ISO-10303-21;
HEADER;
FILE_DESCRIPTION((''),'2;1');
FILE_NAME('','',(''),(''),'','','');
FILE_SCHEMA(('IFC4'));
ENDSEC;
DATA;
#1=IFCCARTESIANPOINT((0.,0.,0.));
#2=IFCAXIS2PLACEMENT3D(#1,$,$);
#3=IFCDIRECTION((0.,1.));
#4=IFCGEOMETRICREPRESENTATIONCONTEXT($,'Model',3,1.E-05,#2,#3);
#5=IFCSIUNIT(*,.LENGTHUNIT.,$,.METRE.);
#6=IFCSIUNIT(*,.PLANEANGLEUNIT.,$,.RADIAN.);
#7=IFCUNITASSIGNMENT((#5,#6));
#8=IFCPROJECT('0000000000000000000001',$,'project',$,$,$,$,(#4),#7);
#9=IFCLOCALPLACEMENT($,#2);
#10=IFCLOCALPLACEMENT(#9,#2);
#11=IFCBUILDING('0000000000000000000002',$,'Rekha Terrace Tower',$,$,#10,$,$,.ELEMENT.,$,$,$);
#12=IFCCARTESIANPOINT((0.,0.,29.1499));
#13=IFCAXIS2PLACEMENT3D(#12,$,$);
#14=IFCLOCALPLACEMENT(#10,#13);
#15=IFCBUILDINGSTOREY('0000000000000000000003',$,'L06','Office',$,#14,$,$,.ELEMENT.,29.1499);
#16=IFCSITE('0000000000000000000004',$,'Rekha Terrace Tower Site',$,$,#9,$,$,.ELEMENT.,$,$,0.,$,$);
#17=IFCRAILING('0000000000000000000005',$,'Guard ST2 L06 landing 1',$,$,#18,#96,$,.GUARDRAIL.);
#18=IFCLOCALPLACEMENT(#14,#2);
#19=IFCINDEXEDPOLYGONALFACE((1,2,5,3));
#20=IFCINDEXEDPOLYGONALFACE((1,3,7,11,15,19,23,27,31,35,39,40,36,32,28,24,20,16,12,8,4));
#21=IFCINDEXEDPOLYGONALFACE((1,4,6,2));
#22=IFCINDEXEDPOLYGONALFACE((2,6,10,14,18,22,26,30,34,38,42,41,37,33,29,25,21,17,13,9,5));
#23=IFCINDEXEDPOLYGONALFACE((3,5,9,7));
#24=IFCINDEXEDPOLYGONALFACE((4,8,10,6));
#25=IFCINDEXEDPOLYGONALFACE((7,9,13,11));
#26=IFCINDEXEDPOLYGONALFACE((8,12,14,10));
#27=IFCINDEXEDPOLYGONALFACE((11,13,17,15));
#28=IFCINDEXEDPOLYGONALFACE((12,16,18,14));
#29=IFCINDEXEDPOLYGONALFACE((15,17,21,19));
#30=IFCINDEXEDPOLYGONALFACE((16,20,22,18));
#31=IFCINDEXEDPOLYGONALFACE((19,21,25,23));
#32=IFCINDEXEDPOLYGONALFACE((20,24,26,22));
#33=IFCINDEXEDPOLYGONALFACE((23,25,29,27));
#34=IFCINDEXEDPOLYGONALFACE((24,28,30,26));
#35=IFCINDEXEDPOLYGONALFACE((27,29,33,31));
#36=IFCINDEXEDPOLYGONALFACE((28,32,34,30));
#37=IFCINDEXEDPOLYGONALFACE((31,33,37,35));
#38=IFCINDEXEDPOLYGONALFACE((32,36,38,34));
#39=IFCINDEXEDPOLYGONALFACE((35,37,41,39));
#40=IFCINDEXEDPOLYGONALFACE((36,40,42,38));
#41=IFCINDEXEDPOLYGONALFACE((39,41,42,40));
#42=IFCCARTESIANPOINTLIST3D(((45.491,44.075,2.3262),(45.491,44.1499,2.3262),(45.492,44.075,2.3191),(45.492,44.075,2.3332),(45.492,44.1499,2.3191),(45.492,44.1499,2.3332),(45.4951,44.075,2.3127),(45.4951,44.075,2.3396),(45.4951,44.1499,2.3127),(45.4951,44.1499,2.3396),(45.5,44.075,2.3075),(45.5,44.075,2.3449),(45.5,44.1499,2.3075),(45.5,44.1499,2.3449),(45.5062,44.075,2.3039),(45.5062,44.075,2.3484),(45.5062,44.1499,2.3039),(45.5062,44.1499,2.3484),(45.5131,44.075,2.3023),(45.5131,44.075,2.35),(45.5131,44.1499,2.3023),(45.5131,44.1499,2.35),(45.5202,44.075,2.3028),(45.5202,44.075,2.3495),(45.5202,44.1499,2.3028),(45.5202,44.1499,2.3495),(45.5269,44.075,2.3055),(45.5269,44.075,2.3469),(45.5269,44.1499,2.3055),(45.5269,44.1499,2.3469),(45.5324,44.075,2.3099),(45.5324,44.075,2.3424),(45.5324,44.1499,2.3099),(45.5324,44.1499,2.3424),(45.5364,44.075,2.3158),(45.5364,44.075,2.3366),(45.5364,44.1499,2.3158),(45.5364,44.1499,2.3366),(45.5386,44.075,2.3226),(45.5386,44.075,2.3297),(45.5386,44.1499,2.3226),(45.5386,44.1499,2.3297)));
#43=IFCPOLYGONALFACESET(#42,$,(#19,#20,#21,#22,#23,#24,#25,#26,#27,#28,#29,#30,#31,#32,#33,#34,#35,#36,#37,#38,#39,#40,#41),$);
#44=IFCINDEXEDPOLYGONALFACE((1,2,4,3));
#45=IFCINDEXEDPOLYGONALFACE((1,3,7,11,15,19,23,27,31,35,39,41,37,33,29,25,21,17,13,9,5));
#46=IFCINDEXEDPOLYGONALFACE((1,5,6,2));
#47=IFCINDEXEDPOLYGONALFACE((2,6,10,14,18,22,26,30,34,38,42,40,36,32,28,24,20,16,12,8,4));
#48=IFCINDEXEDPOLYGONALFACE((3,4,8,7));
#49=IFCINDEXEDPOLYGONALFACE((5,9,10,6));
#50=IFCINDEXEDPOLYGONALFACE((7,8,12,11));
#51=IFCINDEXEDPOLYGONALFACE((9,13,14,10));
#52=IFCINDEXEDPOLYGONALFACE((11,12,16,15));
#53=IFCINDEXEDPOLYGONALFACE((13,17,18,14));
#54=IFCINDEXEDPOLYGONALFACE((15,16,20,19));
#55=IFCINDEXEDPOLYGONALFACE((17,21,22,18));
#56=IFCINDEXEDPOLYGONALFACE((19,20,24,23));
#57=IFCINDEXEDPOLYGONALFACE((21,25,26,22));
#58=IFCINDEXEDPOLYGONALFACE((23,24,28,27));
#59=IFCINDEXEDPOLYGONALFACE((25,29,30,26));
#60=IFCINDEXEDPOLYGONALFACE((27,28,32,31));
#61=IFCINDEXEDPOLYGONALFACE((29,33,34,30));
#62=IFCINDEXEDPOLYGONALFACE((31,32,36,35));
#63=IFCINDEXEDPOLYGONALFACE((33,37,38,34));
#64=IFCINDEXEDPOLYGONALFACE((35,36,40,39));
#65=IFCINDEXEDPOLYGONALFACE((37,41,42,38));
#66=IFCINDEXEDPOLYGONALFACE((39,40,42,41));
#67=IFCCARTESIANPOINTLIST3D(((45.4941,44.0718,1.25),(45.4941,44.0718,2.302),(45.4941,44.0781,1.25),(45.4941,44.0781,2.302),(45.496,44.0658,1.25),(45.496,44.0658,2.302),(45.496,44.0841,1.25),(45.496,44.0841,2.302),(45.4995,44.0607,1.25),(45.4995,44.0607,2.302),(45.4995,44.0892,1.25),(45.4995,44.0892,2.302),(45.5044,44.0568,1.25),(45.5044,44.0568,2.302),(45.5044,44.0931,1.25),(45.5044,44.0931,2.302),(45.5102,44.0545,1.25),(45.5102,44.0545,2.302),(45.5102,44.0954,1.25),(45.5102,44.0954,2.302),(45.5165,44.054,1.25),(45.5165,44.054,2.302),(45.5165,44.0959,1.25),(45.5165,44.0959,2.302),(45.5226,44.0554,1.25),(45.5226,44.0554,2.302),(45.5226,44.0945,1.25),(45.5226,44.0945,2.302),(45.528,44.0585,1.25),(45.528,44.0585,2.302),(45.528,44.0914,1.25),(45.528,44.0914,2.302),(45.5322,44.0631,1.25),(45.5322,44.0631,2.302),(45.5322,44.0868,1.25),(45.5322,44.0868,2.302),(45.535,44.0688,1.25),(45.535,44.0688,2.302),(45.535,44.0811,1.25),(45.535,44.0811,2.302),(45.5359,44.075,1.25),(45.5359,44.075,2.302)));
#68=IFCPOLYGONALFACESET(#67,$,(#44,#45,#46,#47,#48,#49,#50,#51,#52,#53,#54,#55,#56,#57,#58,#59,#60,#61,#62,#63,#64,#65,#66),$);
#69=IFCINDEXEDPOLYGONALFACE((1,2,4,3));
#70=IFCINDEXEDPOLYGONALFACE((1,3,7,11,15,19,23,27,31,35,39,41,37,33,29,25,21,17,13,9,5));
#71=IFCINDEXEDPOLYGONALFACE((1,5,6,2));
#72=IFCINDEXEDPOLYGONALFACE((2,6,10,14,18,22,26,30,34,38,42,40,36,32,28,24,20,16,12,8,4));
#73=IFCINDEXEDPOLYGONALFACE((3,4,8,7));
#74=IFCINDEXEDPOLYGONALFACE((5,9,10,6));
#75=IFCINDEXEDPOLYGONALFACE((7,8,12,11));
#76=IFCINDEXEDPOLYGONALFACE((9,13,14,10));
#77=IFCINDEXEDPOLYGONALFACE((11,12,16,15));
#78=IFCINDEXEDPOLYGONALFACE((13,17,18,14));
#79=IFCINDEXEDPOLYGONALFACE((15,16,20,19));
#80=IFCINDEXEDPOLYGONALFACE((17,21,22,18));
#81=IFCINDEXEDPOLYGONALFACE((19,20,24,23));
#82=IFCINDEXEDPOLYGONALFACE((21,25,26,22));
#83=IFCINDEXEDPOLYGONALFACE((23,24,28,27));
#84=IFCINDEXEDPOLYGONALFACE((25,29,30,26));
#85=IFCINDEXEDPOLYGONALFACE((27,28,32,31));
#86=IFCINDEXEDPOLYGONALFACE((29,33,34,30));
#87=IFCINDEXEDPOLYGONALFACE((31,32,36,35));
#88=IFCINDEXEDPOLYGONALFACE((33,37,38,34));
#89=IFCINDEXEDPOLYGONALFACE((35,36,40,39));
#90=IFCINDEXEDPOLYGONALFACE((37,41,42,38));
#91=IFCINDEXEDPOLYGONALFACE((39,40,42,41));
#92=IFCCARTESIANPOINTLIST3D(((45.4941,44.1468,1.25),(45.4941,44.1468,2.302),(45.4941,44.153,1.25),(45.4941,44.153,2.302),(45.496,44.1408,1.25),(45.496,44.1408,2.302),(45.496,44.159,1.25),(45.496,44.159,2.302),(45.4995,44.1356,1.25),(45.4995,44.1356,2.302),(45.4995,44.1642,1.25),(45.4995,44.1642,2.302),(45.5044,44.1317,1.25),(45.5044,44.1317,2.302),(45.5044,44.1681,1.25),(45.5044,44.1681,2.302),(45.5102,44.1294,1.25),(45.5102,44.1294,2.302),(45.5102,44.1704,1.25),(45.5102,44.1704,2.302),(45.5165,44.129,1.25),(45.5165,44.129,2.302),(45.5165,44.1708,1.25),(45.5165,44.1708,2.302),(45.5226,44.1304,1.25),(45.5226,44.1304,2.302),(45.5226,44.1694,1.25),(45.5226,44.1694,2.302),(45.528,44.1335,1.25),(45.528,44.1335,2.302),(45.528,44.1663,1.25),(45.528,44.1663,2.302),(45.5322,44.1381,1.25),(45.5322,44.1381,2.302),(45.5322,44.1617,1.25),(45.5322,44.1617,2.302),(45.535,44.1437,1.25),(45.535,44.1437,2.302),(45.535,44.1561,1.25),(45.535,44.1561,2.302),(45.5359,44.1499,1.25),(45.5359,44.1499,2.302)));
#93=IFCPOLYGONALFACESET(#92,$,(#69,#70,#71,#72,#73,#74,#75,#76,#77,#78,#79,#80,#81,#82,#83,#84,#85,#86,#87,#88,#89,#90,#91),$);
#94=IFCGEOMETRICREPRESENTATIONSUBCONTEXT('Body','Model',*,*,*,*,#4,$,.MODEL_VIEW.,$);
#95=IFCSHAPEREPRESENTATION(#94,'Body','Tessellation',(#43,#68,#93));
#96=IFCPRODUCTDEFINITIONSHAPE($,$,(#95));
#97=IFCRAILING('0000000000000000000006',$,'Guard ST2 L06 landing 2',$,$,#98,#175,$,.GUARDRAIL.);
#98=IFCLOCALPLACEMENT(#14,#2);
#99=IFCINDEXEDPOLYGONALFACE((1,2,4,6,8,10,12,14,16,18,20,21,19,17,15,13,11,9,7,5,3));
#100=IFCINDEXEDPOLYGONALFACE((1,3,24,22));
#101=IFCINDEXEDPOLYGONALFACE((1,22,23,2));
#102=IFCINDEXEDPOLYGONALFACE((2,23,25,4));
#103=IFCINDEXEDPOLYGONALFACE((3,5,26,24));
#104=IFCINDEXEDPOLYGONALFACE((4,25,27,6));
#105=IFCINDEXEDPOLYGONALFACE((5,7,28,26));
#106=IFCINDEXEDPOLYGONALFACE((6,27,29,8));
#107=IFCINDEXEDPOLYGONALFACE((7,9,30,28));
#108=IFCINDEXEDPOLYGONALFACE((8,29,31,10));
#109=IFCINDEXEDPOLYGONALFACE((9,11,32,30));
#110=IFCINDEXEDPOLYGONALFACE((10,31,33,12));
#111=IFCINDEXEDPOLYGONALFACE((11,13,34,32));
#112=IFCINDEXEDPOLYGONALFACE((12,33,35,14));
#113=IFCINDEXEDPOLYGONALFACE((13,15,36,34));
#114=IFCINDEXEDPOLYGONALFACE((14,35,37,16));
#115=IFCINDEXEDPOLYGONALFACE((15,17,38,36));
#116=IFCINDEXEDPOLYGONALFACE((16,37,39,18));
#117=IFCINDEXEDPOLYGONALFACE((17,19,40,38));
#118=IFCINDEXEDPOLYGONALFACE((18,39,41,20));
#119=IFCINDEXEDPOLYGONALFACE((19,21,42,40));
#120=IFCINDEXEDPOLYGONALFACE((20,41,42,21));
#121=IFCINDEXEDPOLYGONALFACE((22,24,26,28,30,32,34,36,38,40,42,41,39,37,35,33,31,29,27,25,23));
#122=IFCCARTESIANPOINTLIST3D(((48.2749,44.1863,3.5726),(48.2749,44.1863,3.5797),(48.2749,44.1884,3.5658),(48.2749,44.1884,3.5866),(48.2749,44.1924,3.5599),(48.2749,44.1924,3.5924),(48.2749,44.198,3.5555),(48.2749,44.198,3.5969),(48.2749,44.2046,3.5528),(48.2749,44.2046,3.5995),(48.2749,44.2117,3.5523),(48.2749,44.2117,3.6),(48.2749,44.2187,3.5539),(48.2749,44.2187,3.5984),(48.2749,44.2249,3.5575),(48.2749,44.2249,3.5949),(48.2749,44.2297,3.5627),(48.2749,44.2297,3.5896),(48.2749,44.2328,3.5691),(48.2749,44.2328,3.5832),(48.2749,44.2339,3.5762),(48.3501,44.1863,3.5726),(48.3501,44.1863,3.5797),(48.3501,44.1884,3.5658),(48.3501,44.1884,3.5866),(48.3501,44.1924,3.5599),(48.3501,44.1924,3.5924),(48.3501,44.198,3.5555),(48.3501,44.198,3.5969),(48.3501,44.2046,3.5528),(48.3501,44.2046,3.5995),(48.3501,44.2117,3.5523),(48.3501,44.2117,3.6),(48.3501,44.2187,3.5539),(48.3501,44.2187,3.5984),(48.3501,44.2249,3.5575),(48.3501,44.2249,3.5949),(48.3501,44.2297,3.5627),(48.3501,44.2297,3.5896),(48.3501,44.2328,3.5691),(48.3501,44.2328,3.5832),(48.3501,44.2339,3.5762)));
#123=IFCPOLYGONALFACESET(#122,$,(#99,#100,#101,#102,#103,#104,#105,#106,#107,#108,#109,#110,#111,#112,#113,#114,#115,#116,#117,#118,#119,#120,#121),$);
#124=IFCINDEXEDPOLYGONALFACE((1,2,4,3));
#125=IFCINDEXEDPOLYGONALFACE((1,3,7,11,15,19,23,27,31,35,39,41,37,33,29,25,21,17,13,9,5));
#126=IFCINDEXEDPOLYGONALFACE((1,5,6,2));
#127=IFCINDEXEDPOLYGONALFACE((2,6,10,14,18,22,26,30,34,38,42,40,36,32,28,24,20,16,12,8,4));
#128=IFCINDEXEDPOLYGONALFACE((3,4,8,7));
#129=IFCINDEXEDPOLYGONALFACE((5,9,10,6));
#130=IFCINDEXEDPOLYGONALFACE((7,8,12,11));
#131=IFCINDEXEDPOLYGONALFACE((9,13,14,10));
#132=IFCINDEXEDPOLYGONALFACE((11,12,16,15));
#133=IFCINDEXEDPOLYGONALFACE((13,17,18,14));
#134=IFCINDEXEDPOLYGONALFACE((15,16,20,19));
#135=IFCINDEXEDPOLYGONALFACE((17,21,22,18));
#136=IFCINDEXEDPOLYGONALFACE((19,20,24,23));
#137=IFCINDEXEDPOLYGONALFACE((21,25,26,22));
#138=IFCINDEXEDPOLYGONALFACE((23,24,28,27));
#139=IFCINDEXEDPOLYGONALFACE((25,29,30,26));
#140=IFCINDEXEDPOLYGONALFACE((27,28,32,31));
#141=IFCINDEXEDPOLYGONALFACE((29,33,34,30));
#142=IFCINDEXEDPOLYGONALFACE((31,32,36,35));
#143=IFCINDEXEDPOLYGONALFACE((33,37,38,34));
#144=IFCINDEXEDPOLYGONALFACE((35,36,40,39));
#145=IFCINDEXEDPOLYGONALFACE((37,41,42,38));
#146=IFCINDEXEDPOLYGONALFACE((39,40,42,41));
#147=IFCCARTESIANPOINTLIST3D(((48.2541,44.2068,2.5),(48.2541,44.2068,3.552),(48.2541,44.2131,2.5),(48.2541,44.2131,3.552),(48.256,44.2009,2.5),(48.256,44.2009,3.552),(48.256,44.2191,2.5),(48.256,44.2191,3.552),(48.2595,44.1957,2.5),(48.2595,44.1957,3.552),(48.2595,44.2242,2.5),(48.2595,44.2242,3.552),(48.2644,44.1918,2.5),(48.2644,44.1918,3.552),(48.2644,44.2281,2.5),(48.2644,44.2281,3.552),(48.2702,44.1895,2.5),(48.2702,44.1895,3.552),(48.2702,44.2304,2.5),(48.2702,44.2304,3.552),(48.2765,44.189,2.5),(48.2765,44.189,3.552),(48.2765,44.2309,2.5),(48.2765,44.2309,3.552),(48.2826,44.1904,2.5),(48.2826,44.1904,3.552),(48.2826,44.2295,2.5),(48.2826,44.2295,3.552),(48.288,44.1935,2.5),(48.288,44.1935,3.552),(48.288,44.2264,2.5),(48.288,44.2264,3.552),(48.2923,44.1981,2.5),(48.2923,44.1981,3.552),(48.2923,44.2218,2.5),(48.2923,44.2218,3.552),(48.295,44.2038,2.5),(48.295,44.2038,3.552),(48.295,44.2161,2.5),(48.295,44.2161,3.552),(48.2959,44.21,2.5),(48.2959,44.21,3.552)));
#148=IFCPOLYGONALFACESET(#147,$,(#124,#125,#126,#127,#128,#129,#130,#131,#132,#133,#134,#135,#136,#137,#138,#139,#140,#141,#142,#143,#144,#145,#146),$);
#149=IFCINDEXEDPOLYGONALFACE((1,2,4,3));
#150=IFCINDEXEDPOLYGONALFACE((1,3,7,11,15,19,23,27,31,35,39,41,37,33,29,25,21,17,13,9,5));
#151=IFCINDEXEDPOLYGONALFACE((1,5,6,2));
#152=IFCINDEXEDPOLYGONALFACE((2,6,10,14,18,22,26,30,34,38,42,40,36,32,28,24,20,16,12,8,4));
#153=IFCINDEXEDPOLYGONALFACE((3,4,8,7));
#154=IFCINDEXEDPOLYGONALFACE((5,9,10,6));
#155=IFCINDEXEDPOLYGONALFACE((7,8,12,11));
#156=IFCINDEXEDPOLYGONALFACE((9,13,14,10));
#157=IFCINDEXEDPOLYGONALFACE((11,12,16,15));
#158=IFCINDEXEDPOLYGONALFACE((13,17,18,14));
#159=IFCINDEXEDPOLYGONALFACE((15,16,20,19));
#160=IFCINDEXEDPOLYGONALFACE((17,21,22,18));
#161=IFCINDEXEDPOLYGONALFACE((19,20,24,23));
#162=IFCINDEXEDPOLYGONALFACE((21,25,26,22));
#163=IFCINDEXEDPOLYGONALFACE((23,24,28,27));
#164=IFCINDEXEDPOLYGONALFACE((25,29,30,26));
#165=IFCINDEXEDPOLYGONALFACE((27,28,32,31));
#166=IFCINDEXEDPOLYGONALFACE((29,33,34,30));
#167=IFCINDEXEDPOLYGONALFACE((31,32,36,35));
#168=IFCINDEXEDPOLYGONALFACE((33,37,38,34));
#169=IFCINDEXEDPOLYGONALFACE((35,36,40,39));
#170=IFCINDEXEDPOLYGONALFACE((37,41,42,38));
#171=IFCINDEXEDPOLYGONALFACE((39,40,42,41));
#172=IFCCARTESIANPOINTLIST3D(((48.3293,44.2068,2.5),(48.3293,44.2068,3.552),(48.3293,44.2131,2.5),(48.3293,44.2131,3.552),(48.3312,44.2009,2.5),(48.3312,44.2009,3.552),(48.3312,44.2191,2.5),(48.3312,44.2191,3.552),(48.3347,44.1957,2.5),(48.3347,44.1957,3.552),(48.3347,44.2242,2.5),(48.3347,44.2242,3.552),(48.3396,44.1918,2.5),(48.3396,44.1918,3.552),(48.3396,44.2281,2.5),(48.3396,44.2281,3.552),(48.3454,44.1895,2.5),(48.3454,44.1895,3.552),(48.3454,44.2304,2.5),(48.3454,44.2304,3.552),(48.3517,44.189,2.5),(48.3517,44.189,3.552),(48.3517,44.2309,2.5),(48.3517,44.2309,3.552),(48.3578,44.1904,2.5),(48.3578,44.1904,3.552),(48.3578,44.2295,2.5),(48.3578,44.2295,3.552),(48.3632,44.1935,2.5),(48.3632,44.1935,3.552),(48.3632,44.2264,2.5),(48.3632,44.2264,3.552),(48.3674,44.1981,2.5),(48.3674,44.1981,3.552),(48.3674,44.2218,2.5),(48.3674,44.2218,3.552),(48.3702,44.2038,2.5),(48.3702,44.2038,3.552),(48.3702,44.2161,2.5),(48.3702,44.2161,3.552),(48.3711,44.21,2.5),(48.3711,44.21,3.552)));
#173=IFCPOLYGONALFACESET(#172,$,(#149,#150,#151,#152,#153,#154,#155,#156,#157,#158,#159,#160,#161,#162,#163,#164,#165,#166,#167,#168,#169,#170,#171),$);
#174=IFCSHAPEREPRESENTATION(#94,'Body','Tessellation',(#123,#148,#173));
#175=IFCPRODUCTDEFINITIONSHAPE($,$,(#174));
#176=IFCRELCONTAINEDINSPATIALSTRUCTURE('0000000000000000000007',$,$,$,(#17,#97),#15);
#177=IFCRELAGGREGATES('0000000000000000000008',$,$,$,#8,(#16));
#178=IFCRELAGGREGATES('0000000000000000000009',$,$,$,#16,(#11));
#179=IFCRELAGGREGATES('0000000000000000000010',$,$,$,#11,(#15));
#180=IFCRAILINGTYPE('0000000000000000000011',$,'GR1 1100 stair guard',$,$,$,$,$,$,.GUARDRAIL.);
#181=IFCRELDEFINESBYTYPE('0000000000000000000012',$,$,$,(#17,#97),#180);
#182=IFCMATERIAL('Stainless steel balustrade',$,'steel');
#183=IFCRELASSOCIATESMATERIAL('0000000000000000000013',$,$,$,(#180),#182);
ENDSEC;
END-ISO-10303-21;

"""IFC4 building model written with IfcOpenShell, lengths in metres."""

from ifc_helpers import new_model, si_unit, direction, frame, origin, origin_2d, place, context, subcontext, project, spatial, circle, extrude, material, type_object, element, save


model = new_model("IFC4")

# Units and contexts
model_context = context("Model", 3, precision=1e-05, world=origin(), true_north=direction((0.0, 1.0)))
body_context = subcontext(model_context, "Body", "Model", "MODEL_VIEW")
ifc_project = project(units=[si_unit("LENGTHUNIT", "METRE"), si_unit("PLANEANGLEUNIT", "RADIAN")], contexts=[model_context])

# Site, building, storey
site_placement = place(None, origin())
site = spatial("IfcSite", under=ifc_project, at=site_placement, Name="Rekha Terrace Tower Site", CompositionType="ELEMENT", RefElevation=0.0)
building_placement = place(site_placement, origin())
building = spatial("IfcBuilding", under=site, at=building_placement, Name="Rekha Terrace Tower", CompositionType="ELEMENT")
storey_placement = place(building_placement, frame((0.0, 0.0, 29.1499)))
storey = spatial("IfcBuildingStorey", under=building, at=storey_placement, Name="L06", Description="Office", CompositionType="ELEMENT", Elevation=29.1499)

# Railings
ifc_material_1 = material(Name="Stainless steel balustrade", Category="steel")
railing_type_1 = type_object("IfcRailingType", Name="GR1 1100 stair guard", PredefinedType="GUARDRAIL", material=ifc_material_1)
railing_1_placement = place(storey_placement, frame((45.5149, 44.075, 1.25)))
element("IfcRailing", 1, at=railing_1_placement, inside=storey, type_object=railing_type_1, Name="Guard ST2 L06 landing 1", PredefinedType="GUARDRAIL", context=body_context, shape_type="SweptSolid", body=[
    extrude(circle(Radius=0.0239, at=origin_2d()), frame((0.0, 0.0, 1.0762), z_axis=(0.0, 1.0, 0.0), x_axis=(-1.0, 0.0, 0.0)), (0.0, 0.0, 1.0), 0.075),
    extrude(circle(Radius=0.021, at=origin_2d()), origin(), (0.0, 0.0, 1.0), 1.052),
    extrude(circle(Radius=0.021, at=origin_2d()), frame((0.0, 0.075, 0.0)), (0.0, 0.0, 1.0), 1.052),
])
railing_2_placement = place(storey_placement, frame((48.2749, 44.21, 2.5)))
element("IfcRailing", 2, at=railing_2_placement, inside=storey, type_object=railing_type_1, Name="Guard ST2 L06 landing 2", PredefinedType="GUARDRAIL", context=body_context, shape_type="SweptSolid", body=[
    extrude(circle(Radius=0.0239, at=origin_2d()), frame((0.0, 0.0, 1.0762), z_axis=(1.0, 0.0, 0.0), x_axis=(0.0, 1.0, 0.0)), (0.0, 0.0, 1.0), 0.0752),
    extrude(circle(Radius=0.021, at=origin_2d()), origin(), (0.0, 0.0, 1.0), 1.052),
    extrude(circle(Radius=0.021, at=origin_2d()), frame((0.0752, 0.0, 0.0)), (0.0, 0.0, 1.0), 1.052),
])

save(model, "model.ifc")
